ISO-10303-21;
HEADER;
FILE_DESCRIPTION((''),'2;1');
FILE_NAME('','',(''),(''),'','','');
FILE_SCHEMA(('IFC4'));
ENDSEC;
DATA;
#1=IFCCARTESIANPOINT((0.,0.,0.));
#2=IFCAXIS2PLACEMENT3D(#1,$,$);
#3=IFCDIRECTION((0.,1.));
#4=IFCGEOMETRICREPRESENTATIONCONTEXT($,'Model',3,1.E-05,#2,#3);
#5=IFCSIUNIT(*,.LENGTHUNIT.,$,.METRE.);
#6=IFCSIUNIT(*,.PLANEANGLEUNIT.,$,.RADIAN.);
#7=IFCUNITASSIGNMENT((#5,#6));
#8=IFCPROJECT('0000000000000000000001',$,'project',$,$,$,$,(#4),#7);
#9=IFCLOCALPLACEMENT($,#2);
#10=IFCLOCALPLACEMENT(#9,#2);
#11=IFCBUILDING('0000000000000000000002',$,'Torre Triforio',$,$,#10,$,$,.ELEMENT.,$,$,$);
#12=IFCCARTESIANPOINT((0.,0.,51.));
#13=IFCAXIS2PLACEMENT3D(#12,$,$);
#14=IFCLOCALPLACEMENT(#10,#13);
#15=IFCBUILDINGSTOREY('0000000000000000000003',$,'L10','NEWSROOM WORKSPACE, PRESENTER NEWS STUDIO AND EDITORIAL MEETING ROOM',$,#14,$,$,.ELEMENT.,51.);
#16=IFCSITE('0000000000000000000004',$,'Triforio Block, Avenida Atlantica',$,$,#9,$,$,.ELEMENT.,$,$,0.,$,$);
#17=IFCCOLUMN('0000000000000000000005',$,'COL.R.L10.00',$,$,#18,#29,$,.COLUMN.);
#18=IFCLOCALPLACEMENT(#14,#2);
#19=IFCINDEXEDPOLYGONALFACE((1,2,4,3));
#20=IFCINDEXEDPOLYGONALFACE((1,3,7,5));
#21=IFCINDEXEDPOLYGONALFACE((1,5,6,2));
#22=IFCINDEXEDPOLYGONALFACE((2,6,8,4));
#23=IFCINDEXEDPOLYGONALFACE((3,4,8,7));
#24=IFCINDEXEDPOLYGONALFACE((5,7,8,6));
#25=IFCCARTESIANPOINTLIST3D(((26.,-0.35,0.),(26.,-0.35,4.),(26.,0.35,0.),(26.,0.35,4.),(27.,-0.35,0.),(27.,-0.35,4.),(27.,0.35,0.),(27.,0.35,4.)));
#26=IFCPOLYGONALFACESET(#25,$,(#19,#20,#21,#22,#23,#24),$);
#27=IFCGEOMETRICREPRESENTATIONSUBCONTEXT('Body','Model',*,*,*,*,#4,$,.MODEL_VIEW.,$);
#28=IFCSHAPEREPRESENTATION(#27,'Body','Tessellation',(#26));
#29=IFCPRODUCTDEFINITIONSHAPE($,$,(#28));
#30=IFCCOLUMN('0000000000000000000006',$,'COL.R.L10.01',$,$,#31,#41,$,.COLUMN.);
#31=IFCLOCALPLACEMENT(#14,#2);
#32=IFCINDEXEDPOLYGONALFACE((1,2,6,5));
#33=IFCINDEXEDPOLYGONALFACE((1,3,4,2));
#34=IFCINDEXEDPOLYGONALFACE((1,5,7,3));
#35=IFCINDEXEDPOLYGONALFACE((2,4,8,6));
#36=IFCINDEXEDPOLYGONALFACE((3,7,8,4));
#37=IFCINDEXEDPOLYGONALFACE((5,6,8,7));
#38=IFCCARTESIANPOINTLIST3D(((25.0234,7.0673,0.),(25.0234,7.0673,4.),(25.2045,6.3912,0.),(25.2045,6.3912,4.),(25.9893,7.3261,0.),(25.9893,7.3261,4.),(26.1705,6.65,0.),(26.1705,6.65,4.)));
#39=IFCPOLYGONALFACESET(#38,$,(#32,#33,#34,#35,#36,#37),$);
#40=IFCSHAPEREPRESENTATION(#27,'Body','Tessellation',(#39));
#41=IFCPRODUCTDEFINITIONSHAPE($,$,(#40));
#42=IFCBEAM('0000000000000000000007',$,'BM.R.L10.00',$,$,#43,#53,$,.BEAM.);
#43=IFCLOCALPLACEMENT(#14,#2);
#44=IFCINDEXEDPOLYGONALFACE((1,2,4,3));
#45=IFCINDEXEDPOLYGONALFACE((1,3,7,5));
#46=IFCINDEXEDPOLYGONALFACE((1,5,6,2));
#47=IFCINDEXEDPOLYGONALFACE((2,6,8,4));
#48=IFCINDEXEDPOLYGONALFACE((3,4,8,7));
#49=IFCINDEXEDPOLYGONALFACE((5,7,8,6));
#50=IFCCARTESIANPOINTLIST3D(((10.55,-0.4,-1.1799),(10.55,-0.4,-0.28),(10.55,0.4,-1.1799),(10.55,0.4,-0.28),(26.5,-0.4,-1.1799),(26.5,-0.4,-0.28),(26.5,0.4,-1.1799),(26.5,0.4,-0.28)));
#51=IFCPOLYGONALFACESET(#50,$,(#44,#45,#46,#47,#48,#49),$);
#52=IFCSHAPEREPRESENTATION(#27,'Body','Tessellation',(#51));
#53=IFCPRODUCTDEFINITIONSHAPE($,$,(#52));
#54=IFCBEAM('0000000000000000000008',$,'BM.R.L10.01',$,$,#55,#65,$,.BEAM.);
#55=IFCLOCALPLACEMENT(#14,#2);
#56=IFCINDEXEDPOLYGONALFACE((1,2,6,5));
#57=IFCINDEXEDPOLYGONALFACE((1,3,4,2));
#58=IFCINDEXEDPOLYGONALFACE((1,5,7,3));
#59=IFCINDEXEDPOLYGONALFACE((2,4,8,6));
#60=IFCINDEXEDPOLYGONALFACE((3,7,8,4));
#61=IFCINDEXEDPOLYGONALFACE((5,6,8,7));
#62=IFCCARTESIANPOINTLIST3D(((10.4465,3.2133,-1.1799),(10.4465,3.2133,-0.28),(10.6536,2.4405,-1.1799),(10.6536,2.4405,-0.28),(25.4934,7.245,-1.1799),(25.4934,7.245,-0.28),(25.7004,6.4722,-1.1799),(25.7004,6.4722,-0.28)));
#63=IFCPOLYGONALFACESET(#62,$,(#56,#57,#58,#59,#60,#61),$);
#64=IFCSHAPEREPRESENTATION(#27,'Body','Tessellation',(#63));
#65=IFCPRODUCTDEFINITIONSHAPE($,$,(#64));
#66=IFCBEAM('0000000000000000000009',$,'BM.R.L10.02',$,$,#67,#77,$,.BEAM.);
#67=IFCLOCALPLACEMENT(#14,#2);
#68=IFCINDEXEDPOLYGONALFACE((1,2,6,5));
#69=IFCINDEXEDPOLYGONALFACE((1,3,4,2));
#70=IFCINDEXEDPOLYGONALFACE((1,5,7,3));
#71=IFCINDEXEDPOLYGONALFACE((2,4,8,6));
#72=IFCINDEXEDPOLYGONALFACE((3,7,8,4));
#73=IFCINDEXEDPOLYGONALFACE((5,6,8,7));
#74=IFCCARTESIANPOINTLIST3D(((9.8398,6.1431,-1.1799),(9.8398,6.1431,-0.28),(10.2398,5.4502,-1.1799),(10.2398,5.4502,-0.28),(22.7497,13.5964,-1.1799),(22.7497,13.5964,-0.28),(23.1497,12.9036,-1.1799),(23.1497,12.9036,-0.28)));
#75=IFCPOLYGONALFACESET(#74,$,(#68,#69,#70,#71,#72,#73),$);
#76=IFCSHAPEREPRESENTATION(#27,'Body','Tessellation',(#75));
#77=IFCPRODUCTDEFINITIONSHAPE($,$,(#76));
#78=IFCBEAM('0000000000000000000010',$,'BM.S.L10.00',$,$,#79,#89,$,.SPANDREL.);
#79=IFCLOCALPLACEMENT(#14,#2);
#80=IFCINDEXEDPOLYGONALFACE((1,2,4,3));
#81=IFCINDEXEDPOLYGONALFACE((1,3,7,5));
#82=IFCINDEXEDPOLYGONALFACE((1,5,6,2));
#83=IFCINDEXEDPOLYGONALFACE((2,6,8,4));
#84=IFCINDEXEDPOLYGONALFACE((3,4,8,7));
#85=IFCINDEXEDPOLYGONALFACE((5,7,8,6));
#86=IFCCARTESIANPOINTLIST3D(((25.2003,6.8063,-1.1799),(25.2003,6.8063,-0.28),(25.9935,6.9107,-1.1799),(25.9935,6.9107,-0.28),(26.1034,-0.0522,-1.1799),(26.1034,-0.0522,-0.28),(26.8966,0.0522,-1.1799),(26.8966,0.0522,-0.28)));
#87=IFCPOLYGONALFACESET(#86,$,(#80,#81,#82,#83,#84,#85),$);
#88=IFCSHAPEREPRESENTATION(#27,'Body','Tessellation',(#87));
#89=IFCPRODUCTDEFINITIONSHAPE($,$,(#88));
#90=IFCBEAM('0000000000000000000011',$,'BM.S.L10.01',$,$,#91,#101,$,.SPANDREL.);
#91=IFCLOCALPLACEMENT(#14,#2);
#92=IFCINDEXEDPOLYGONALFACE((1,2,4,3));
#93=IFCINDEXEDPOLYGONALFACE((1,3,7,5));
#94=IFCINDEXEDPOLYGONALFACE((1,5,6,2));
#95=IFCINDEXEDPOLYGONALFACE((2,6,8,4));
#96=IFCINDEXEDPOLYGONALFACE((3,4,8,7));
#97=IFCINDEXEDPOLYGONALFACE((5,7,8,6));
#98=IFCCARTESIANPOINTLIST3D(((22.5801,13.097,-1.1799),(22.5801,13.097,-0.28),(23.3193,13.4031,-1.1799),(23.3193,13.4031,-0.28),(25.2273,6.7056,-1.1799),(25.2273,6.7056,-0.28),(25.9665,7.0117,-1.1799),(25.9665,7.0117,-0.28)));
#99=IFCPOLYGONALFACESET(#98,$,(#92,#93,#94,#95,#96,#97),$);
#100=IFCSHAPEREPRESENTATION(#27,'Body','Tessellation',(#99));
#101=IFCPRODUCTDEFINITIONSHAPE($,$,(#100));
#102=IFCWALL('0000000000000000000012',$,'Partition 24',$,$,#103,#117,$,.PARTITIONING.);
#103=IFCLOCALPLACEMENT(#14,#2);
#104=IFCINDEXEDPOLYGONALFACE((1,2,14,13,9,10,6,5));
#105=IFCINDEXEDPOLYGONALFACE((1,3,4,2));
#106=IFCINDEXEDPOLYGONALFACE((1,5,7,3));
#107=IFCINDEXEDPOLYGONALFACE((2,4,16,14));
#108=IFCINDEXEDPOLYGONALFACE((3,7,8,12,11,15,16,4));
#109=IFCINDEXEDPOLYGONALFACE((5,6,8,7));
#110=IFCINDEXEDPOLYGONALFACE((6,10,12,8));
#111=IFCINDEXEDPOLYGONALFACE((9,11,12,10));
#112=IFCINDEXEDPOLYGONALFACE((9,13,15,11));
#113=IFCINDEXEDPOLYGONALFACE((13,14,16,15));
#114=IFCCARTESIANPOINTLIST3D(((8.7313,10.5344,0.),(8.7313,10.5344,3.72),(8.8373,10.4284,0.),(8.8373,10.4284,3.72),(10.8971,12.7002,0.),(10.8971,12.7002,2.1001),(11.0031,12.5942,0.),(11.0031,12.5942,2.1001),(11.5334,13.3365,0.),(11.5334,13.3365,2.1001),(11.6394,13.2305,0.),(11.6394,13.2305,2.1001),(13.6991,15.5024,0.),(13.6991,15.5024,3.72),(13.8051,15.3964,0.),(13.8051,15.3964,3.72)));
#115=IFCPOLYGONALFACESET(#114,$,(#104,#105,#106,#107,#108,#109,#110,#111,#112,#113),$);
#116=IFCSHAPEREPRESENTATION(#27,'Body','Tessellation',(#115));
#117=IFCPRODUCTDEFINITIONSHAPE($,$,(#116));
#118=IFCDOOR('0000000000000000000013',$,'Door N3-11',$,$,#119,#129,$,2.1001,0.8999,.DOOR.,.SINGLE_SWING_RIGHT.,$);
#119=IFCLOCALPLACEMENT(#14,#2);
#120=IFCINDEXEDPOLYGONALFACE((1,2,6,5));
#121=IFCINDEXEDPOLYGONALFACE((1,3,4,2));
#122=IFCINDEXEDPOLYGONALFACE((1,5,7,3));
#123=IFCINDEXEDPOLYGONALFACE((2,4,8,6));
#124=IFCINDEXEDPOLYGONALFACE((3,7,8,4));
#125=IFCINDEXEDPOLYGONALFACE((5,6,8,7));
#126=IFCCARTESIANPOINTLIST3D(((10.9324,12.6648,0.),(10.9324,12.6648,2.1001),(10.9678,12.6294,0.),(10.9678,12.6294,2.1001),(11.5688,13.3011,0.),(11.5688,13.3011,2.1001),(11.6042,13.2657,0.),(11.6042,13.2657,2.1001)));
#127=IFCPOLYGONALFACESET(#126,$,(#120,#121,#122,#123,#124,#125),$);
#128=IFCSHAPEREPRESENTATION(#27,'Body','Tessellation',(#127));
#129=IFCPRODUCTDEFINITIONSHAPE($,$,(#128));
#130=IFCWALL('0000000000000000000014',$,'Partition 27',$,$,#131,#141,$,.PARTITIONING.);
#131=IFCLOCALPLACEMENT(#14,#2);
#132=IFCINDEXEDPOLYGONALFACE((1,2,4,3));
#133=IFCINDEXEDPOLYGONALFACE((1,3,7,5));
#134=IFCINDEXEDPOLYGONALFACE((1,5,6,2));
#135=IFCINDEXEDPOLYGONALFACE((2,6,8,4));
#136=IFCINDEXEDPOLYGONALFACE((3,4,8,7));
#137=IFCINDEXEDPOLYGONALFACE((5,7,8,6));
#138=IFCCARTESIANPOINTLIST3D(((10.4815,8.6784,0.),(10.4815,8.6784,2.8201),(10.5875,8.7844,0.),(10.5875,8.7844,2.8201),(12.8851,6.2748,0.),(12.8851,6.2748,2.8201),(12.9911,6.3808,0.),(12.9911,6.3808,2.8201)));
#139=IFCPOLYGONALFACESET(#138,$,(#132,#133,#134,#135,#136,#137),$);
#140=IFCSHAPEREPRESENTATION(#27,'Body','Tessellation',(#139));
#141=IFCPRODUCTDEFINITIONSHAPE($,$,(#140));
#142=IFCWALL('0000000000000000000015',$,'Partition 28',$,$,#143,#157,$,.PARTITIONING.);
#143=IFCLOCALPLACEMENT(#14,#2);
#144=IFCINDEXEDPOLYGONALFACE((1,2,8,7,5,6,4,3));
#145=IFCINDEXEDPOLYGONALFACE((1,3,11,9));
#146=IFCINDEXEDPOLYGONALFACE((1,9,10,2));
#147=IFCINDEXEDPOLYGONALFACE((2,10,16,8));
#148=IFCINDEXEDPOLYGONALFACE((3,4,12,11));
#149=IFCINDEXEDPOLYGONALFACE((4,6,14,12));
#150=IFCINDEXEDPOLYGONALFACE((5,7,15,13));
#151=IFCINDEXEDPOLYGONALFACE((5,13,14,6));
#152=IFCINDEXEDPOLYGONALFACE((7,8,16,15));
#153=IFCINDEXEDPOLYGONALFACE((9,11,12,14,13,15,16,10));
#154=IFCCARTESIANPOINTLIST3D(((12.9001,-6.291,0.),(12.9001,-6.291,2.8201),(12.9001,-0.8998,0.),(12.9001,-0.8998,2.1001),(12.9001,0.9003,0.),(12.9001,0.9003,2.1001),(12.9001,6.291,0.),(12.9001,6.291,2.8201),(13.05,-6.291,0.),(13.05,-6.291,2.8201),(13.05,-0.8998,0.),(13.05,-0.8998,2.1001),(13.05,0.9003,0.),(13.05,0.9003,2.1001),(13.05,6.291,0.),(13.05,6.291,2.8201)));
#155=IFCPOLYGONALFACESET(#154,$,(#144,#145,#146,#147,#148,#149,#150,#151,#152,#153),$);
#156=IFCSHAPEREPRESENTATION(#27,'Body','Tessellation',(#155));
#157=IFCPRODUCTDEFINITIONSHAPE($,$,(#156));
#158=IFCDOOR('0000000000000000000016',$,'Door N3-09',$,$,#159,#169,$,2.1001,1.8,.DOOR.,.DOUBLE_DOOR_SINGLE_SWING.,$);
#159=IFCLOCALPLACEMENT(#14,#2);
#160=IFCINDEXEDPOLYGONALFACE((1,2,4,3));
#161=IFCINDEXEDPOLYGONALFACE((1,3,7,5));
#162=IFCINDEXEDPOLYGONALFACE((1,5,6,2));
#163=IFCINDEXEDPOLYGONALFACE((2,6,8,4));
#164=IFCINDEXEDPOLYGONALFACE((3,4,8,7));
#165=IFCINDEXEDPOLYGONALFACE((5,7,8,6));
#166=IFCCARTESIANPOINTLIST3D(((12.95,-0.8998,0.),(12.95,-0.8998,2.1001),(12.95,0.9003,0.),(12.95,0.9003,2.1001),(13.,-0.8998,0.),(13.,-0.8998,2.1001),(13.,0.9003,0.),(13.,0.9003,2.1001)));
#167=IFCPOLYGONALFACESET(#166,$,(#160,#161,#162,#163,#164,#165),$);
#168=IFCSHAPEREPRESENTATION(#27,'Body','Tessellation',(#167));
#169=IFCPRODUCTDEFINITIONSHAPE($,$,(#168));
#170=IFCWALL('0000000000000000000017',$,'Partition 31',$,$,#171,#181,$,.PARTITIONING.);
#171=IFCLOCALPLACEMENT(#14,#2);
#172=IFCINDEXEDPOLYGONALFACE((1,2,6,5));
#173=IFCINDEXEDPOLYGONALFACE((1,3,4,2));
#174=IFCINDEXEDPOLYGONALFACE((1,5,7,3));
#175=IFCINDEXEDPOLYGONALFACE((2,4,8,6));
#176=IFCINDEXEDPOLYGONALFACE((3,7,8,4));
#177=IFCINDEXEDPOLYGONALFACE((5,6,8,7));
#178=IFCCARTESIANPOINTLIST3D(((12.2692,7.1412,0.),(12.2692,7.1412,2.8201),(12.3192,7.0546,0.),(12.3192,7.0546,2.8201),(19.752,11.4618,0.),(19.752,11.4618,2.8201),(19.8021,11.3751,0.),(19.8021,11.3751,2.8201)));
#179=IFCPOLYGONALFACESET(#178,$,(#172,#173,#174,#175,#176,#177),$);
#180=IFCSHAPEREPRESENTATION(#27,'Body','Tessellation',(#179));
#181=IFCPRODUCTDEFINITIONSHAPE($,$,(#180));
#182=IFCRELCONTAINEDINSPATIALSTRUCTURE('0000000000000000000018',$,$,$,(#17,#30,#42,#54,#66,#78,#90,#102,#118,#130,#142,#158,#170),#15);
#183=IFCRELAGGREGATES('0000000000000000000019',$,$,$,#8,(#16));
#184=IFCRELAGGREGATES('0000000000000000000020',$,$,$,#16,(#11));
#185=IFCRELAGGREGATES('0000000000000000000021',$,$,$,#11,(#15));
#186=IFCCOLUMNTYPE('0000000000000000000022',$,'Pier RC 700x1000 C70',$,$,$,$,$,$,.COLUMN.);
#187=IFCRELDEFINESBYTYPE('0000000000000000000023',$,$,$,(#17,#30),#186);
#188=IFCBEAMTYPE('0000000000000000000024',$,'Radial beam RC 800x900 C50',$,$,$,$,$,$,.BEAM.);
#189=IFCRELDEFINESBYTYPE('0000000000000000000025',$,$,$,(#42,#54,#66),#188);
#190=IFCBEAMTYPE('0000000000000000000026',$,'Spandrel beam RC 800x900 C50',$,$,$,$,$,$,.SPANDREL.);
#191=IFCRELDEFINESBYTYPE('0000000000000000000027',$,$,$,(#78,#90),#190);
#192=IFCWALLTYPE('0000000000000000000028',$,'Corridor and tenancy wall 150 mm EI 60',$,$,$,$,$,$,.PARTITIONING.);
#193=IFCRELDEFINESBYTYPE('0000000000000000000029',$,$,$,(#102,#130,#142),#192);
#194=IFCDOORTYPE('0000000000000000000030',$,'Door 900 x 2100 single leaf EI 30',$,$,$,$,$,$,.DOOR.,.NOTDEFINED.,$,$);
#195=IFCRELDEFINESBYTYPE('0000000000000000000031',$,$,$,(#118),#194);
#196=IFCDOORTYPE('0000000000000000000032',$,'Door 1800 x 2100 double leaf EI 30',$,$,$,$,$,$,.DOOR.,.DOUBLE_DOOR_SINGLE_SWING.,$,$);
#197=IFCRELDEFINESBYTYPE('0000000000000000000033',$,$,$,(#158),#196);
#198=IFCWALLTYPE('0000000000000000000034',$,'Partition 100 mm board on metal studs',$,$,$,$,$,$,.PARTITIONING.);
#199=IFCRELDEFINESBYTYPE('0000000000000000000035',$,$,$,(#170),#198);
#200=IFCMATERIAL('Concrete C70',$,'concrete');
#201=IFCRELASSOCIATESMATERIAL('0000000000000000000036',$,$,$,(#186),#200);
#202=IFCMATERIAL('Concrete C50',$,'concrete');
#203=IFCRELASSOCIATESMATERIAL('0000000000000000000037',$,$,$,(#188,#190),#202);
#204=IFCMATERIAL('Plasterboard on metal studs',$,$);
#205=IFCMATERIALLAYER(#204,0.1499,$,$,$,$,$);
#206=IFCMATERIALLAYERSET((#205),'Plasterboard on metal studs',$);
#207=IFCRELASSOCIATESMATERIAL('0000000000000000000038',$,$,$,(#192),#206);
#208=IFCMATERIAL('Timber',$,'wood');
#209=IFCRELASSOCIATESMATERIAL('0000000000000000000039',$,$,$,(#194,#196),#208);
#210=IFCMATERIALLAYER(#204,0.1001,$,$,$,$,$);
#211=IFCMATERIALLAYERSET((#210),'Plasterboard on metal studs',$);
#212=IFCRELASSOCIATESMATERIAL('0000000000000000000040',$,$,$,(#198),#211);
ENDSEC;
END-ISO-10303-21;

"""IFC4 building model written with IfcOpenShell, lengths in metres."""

from ifc_helpers import new_model, si_unit, direction, frame, frame_2d, origin, origin_2d, place, context, subcontext, project, spatial, rectangle, extrude, material, layer, layer_set, material_profile, profile_set, type_object, element, fill, save


model = new_model("IFC4")

# Units and contexts
model_context = context("Model", 3, precision=1e-05, world=origin(), true_north=direction((0.0, 1.0)))
body_context = subcontext(model_context, "Body", "Model", "MODEL_VIEW")
ifc_project = project(units=[si_unit("LENGTHUNIT", "METRE"), si_unit("PLANEANGLEUNIT", "RADIAN")], contexts=[model_context])

# Site, building, storey
site_placement = place(None, origin())
site = spatial("IfcSite", under=ifc_project, at=site_placement, Name="Triforio Block, Avenida Atlantica", CompositionType="ELEMENT", RefElevation=0.0)
building_placement = place(site_placement, origin())
building = spatial("IfcBuilding", under=site, at=building_placement, Name="Torre Triforio", CompositionType="ELEMENT")
storey_placement = place(building_placement, frame((0.0, 0.0, 51.0)))
storey = spatial("IfcBuildingStorey", under=building, at=storey_placement, Name="L10", Description="NEWSROOM WORKSPACE, PRESENTER NEWS STUDIO AND EDITORIAL MEETING ROOM", CompositionType="ELEMENT", Elevation=51.0)

# Columns
ifc_material_1 = material(Name="Concrete C70", Category="concrete")
ifc_material_profile_1 = material_profile(ifc_material_1, rectangle(XDim=0.7, YDim=1.0, at=origin_2d()), Name="RC 700x1000")
ifc_profile_set_1 = profile_set([ifc_material_profile_1], Name="Concrete C70")
column_type = type_object("IfcColumnType", Name="Pier RC 700x1000 C70", PredefinedType="COLUMN", material=ifc_profile_set_1)
for number, where, z_axis, x_axis, name in (
    (1, (26.5, 0.0, 0.0), (0.0, 0.0, 1.0), (0.0, 1.0, 0.0), "COL.R.L10.00"),
    (2, (25.5969, 6.8586, 0.0), (0.0, 0.0, 1.0), (-0.258819, 0.965926, 0.0), "COL.R.L10.01"),
):
    element("IfcColumn", number, at=place(storey_placement, frame(where, z_axis=z_axis, x_axis=x_axis)), inside=storey, type_object=column_type, Name=name, PredefinedType="COLUMN", context=body_context, shape_type="SweptSolid", body=[
        extrude(rectangle(XDim=0.7, YDim=1.0, at=origin_2d()), origin(), (0.0, 0.0, 1.0), 4.0),
    ])

# Beams
ifc_material_2 = material(Name="Concrete C50", Category="concrete")
ifc_material_profile_2 = material_profile(ifc_material_2, rectangle(XDim=0.8, YDim=0.8999, at=origin_2d()), Name="RC 800x900")
ifc_profile_set_2 = profile_set([ifc_material_profile_2], Name="Concrete C50")
beam_type_1 = type_object("IfcBeamType", Name="Radial beam RC 800x900 C50", PredefinedType="BEAM", material=ifc_profile_set_2)
beam_1_placement = place(storey_placement, frame((10.55, 0.0, -0.73), z_axis=(1.0, 0.0, 0.0), x_axis=(0.0, 1.0, 0.0)))
element("IfcBeam", 3, at=beam_1_placement, inside=storey, type_object=beam_type_1, Name="BM.R.L10.00", PredefinedType="BEAM", context=body_context, shape_type="SweptSolid", body=[
    extrude(rectangle(XDim=0.8, YDim=0.8999, at=origin_2d()), origin(), (0.0, 0.0, 1.0), 15.95),
])
beam_2_placement = place(storey_placement, frame((10.55, 2.8269, -0.73), z_axis=(0.965927, 0.258815, 0.0), x_axis=(-0.258815, 0.965927, 0.0)))
element("IfcBeam", 4, at=beam_2_placement, inside=storey, type_object=beam_type_1, Name="BM.R.L10.01", PredefinedType="BEAM", context=body_context, shape_type="SweptSolid", body=[
    extrude(rectangle(XDim=0.8, YDim=0.8999, at=origin_2d()), origin(), (0.0, 0.0, 1.0), 15.5776),
])
beam_3_placement = place(storey_placement, frame((10.0398, 5.7966, -0.73), z_axis=(0.86603, 0.499991, 0.0), x_axis=(-0.499991, 0.86603, 0.0)))
element("IfcBeam", 5, at=beam_3_placement, inside=storey, type_object=beam_type_1, Name="BM.R.L10.02", PredefinedType="BEAM", context=body_context, shape_type="SweptSolid", body=[
    extrude(rectangle(XDim=0.8, YDim=0.8999, at=origin_2d()), origin(), (0.0, 0.0, 1.0), 14.907),
])
ifc_material_profile_3 = material_profile(ifc_material_2, rectangle(XDim=0.8, YDim=0.8999, at=origin_2d()), Name="RC 800x900")
ifc_profile_set_3 = profile_set([ifc_material_profile_3], Name="Concrete C50")
beam_type_2 = type_object("IfcBeamType", Name="Spandrel beam RC 800x900 C50", PredefinedType="SPANDREL", material=ifc_profile_set_3)
beam_4_placement = place(storey_placement, frame((26.5, 0.0, -0.73), z_axis=(-0.130543, 0.991443, 0.0), x_axis=(-0.991443, -0.130543, 0.0)))
element("IfcBeam", 6, at=beam_4_placement, inside=storey, type_object=beam_type_2, Name="BM.S.L10.00", PredefinedType="SPANDREL", context=body_context, shape_type="SweptSolid", body=[
    extrude(rectangle(XDim=0.8, YDim=0.8999, at=origin_2d()), origin(), (0.0, 0.0, 1.0), 6.9177),
])
beam_5_placement = place(storey_placement, frame((25.5969, 6.8586, -0.73), z_axis=(-0.382662, 0.923888, 0.0), x_axis=(-0.923888, -0.382662, 0.0)))
element("IfcBeam", 7, at=beam_5_placement, inside=storey, type_object=beam_type_2, Name="BM.S.L10.01", PredefinedType="SPANDREL", context=body_context, shape_type="SweptSolid", body=[
    extrude(rectangle(XDim=0.8, YDim=0.8999, at=origin_2d()), origin(), (0.0, 0.0, 1.0), 6.918),
])

# Wall, opening, door
ifc_material_3 = material(Name="Plasterboard on metal studs")
ifc_layer_1 = layer(ifc_material_3, 0.1499)
ifc_layer_set_1 = layer_set([ifc_layer_1], Name="Plasterboard on metal studs")
wall_type_1 = type_object("IfcWallType", Name="Corridor and tenancy wall 150 mm EI 60", PredefinedType="PARTITIONING", material=ifc_layer_set_1)
wall_1_placement = place(storey_placement, frame((8.7844, 10.4814, 0.0), z_axis=(0.0, 0.0, 1.0), x_axis=(0.707089, 0.707124, 0.0)))
wall_1 = element("IfcWall", 8, at=wall_1_placement, inside=storey, type_object=wall_type_1, Name="Partition 24", PredefinedType="PARTITIONING", context=body_context, shape_type="SweptSolid", body=[
    extrude(rectangle(XDim=7.0256, YDim=0.1499, at=frame_2d((3.5127, 0.0))), origin(), (0.0, 0.0, 1.0), 3.72),
])
opening_1_placement = place(wall_1_placement, frame((3.0627, 0.0, 0.0)))
opening_1 = element("IfcOpeningElement", 9, at=opening_1_placement, cuts=wall_1, PredefinedType="OPENING", context=body_context, shape_type="SweptSolid", body=[
    extrude(rectangle(XDim=0.8999, YDim=2.1001, at=frame_2d((0.45, 1.05))), frame((0.0, 0.085, 0.0), z_axis=(0.0, -1.0, 0.0), x_axis=(1.0, 0.0, 0.0)), (0.0, 0.0, 1.0), 0.1699),
])
ifc_material_4 = material(Name="Timber", Category="wood")
door_type_1 = type_object("IfcDoorType", Name="Door 900 x 2100 single leaf EI 30", OperationType="NOTDEFINED", PredefinedType="DOOR", material=ifc_material_4)
door_1_placement = place(opening_1_placement, origin())
door_1 = element("IfcDoor", 10, at=door_1_placement, inside=storey, type_object=door_type_1, Name="Door N3-11", OperationType="SINGLE_SWING_RIGHT", OverallHeight=2.1001, OverallWidth=0.8999, PredefinedType="DOOR", context=body_context, shape_type="SweptSolid", body=[
    extrude(rectangle(XDim=0.8999, YDim=2.1001, at=frame_2d((0.45, 1.05))), frame((0.0, 0.0249, 0.0), z_axis=(0.0, -1.0, 0.0), x_axis=(1.0, 0.0, 0.0)), (0.0, 0.0, 1.0), 0.05),
])
fill(opening_1, door_1)

# Wall
wall_2_placement = place(storey_placement, frame((10.5344, 8.7314, 0.0), z_axis=(0.0, 0.0, 1.0), x_axis=(0.707107, -0.707107, 0.0)))
element("IfcWall", 11, at=wall_2_placement, inside=storey, type_object=wall_type_1, Name="Partition 27", PredefinedType="PARTITIONING", context=body_context, shape_type="SweptSolid", body=[
    extrude(rectangle(XDim=3.3992, YDim=0.1499, at=frame_2d((1.6997, 0.0))), origin(), (0.0, 0.0, 1.0), 2.8201),
])

# Wall, opening, door
wall_3_placement = place(storey_placement, frame((12.9751, 6.291, 0.0), z_axis=(0.0, 0.0, 1.0), x_axis=(0.0, -1.0, 0.0)))
wall_3 = element("IfcWall", 12, at=wall_3_placement, inside=storey, type_object=wall_type_1, Name="Partition 28", PredefinedType="PARTITIONING", context=body_context, shape_type="SweptSolid", body=[
    extrude(rectangle(XDim=12.582, YDim=0.1499, at=frame_2d((6.291, 0.0))), origin(), (0.0, 0.0, 1.0), 2.8201),
])
opening_2_placement = place(wall_3_placement, frame((5.3909, 0.0, 0.0)))
opening_2 = element("IfcOpeningElement", 13, at=opening_2_placement, cuts=wall_3, PredefinedType="OPENING", context=body_context, shape_type="SweptSolid", body=[
    extrude(rectangle(XDim=1.8, YDim=2.1001, at=frame_2d((0.8999, 1.05))), frame((0.0, 0.085, 0.0), z_axis=(0.0, -1.0, 0.0), x_axis=(1.0, 0.0, 0.0)), (0.0, 0.0, 1.0), 0.1699),
])
door_type_2 = type_object("IfcDoorType", Name="Door 1800 x 2100 double leaf EI 30", OperationType="DOUBLE_DOOR_SINGLE_SWING", PredefinedType="DOOR", material=ifc_material_4)
door_2_placement = place(opening_2_placement, origin())
door_2 = element("IfcDoor", 14, at=door_2_placement, inside=storey, type_object=door_type_2, Name="Door N3-09", OperationType="DOUBLE_DOOR_SINGLE_SWING", OverallHeight=2.1001, OverallWidth=1.8, PredefinedType="DOOR", context=body_context, shape_type="SweptSolid", body=[
    extrude(rectangle(XDim=1.8, YDim=2.1001, at=frame_2d((0.8999, 1.05))), frame((0.0, 0.0249, 0.0), z_axis=(0.0, -1.0, 0.0), x_axis=(1.0, 0.0, 0.0)), (0.0, 0.0, 1.0), 0.05),
])
fill(opening_2, door_2)

# Wall
ifc_layer_2 = layer(ifc_material_3, 0.1001)
ifc_layer_set_2 = layer_set([ifc_layer_2], Name="Plasterboard on metal studs")
wall_type_2 = type_object("IfcWallType", Name="Partition 100 mm board on metal studs", PredefinedType="PARTITIONING", material=ifc_layer_set_2)
wall_4_placement = place(storey_placement, frame((12.2942, 7.0979, 0.0), z_axis=(0.0, 0.0, 1.0), x_axis=(0.866011, 0.500026, 0.0)))
element("IfcWall", 15, at=wall_4_placement, inside=storey, type_object=wall_type_2, Name="Partition 31", PredefinedType="PARTITIONING", context=body_context, shape_type="SweptSolid", body=[
    extrude(rectangle(XDim=8.6406, YDim=0.1001, at=frame_2d((4.3203, 0.0))), origin(), (0.0, 0.0, 1.0), 2.8201),
])

save(model, "model.ifc")
